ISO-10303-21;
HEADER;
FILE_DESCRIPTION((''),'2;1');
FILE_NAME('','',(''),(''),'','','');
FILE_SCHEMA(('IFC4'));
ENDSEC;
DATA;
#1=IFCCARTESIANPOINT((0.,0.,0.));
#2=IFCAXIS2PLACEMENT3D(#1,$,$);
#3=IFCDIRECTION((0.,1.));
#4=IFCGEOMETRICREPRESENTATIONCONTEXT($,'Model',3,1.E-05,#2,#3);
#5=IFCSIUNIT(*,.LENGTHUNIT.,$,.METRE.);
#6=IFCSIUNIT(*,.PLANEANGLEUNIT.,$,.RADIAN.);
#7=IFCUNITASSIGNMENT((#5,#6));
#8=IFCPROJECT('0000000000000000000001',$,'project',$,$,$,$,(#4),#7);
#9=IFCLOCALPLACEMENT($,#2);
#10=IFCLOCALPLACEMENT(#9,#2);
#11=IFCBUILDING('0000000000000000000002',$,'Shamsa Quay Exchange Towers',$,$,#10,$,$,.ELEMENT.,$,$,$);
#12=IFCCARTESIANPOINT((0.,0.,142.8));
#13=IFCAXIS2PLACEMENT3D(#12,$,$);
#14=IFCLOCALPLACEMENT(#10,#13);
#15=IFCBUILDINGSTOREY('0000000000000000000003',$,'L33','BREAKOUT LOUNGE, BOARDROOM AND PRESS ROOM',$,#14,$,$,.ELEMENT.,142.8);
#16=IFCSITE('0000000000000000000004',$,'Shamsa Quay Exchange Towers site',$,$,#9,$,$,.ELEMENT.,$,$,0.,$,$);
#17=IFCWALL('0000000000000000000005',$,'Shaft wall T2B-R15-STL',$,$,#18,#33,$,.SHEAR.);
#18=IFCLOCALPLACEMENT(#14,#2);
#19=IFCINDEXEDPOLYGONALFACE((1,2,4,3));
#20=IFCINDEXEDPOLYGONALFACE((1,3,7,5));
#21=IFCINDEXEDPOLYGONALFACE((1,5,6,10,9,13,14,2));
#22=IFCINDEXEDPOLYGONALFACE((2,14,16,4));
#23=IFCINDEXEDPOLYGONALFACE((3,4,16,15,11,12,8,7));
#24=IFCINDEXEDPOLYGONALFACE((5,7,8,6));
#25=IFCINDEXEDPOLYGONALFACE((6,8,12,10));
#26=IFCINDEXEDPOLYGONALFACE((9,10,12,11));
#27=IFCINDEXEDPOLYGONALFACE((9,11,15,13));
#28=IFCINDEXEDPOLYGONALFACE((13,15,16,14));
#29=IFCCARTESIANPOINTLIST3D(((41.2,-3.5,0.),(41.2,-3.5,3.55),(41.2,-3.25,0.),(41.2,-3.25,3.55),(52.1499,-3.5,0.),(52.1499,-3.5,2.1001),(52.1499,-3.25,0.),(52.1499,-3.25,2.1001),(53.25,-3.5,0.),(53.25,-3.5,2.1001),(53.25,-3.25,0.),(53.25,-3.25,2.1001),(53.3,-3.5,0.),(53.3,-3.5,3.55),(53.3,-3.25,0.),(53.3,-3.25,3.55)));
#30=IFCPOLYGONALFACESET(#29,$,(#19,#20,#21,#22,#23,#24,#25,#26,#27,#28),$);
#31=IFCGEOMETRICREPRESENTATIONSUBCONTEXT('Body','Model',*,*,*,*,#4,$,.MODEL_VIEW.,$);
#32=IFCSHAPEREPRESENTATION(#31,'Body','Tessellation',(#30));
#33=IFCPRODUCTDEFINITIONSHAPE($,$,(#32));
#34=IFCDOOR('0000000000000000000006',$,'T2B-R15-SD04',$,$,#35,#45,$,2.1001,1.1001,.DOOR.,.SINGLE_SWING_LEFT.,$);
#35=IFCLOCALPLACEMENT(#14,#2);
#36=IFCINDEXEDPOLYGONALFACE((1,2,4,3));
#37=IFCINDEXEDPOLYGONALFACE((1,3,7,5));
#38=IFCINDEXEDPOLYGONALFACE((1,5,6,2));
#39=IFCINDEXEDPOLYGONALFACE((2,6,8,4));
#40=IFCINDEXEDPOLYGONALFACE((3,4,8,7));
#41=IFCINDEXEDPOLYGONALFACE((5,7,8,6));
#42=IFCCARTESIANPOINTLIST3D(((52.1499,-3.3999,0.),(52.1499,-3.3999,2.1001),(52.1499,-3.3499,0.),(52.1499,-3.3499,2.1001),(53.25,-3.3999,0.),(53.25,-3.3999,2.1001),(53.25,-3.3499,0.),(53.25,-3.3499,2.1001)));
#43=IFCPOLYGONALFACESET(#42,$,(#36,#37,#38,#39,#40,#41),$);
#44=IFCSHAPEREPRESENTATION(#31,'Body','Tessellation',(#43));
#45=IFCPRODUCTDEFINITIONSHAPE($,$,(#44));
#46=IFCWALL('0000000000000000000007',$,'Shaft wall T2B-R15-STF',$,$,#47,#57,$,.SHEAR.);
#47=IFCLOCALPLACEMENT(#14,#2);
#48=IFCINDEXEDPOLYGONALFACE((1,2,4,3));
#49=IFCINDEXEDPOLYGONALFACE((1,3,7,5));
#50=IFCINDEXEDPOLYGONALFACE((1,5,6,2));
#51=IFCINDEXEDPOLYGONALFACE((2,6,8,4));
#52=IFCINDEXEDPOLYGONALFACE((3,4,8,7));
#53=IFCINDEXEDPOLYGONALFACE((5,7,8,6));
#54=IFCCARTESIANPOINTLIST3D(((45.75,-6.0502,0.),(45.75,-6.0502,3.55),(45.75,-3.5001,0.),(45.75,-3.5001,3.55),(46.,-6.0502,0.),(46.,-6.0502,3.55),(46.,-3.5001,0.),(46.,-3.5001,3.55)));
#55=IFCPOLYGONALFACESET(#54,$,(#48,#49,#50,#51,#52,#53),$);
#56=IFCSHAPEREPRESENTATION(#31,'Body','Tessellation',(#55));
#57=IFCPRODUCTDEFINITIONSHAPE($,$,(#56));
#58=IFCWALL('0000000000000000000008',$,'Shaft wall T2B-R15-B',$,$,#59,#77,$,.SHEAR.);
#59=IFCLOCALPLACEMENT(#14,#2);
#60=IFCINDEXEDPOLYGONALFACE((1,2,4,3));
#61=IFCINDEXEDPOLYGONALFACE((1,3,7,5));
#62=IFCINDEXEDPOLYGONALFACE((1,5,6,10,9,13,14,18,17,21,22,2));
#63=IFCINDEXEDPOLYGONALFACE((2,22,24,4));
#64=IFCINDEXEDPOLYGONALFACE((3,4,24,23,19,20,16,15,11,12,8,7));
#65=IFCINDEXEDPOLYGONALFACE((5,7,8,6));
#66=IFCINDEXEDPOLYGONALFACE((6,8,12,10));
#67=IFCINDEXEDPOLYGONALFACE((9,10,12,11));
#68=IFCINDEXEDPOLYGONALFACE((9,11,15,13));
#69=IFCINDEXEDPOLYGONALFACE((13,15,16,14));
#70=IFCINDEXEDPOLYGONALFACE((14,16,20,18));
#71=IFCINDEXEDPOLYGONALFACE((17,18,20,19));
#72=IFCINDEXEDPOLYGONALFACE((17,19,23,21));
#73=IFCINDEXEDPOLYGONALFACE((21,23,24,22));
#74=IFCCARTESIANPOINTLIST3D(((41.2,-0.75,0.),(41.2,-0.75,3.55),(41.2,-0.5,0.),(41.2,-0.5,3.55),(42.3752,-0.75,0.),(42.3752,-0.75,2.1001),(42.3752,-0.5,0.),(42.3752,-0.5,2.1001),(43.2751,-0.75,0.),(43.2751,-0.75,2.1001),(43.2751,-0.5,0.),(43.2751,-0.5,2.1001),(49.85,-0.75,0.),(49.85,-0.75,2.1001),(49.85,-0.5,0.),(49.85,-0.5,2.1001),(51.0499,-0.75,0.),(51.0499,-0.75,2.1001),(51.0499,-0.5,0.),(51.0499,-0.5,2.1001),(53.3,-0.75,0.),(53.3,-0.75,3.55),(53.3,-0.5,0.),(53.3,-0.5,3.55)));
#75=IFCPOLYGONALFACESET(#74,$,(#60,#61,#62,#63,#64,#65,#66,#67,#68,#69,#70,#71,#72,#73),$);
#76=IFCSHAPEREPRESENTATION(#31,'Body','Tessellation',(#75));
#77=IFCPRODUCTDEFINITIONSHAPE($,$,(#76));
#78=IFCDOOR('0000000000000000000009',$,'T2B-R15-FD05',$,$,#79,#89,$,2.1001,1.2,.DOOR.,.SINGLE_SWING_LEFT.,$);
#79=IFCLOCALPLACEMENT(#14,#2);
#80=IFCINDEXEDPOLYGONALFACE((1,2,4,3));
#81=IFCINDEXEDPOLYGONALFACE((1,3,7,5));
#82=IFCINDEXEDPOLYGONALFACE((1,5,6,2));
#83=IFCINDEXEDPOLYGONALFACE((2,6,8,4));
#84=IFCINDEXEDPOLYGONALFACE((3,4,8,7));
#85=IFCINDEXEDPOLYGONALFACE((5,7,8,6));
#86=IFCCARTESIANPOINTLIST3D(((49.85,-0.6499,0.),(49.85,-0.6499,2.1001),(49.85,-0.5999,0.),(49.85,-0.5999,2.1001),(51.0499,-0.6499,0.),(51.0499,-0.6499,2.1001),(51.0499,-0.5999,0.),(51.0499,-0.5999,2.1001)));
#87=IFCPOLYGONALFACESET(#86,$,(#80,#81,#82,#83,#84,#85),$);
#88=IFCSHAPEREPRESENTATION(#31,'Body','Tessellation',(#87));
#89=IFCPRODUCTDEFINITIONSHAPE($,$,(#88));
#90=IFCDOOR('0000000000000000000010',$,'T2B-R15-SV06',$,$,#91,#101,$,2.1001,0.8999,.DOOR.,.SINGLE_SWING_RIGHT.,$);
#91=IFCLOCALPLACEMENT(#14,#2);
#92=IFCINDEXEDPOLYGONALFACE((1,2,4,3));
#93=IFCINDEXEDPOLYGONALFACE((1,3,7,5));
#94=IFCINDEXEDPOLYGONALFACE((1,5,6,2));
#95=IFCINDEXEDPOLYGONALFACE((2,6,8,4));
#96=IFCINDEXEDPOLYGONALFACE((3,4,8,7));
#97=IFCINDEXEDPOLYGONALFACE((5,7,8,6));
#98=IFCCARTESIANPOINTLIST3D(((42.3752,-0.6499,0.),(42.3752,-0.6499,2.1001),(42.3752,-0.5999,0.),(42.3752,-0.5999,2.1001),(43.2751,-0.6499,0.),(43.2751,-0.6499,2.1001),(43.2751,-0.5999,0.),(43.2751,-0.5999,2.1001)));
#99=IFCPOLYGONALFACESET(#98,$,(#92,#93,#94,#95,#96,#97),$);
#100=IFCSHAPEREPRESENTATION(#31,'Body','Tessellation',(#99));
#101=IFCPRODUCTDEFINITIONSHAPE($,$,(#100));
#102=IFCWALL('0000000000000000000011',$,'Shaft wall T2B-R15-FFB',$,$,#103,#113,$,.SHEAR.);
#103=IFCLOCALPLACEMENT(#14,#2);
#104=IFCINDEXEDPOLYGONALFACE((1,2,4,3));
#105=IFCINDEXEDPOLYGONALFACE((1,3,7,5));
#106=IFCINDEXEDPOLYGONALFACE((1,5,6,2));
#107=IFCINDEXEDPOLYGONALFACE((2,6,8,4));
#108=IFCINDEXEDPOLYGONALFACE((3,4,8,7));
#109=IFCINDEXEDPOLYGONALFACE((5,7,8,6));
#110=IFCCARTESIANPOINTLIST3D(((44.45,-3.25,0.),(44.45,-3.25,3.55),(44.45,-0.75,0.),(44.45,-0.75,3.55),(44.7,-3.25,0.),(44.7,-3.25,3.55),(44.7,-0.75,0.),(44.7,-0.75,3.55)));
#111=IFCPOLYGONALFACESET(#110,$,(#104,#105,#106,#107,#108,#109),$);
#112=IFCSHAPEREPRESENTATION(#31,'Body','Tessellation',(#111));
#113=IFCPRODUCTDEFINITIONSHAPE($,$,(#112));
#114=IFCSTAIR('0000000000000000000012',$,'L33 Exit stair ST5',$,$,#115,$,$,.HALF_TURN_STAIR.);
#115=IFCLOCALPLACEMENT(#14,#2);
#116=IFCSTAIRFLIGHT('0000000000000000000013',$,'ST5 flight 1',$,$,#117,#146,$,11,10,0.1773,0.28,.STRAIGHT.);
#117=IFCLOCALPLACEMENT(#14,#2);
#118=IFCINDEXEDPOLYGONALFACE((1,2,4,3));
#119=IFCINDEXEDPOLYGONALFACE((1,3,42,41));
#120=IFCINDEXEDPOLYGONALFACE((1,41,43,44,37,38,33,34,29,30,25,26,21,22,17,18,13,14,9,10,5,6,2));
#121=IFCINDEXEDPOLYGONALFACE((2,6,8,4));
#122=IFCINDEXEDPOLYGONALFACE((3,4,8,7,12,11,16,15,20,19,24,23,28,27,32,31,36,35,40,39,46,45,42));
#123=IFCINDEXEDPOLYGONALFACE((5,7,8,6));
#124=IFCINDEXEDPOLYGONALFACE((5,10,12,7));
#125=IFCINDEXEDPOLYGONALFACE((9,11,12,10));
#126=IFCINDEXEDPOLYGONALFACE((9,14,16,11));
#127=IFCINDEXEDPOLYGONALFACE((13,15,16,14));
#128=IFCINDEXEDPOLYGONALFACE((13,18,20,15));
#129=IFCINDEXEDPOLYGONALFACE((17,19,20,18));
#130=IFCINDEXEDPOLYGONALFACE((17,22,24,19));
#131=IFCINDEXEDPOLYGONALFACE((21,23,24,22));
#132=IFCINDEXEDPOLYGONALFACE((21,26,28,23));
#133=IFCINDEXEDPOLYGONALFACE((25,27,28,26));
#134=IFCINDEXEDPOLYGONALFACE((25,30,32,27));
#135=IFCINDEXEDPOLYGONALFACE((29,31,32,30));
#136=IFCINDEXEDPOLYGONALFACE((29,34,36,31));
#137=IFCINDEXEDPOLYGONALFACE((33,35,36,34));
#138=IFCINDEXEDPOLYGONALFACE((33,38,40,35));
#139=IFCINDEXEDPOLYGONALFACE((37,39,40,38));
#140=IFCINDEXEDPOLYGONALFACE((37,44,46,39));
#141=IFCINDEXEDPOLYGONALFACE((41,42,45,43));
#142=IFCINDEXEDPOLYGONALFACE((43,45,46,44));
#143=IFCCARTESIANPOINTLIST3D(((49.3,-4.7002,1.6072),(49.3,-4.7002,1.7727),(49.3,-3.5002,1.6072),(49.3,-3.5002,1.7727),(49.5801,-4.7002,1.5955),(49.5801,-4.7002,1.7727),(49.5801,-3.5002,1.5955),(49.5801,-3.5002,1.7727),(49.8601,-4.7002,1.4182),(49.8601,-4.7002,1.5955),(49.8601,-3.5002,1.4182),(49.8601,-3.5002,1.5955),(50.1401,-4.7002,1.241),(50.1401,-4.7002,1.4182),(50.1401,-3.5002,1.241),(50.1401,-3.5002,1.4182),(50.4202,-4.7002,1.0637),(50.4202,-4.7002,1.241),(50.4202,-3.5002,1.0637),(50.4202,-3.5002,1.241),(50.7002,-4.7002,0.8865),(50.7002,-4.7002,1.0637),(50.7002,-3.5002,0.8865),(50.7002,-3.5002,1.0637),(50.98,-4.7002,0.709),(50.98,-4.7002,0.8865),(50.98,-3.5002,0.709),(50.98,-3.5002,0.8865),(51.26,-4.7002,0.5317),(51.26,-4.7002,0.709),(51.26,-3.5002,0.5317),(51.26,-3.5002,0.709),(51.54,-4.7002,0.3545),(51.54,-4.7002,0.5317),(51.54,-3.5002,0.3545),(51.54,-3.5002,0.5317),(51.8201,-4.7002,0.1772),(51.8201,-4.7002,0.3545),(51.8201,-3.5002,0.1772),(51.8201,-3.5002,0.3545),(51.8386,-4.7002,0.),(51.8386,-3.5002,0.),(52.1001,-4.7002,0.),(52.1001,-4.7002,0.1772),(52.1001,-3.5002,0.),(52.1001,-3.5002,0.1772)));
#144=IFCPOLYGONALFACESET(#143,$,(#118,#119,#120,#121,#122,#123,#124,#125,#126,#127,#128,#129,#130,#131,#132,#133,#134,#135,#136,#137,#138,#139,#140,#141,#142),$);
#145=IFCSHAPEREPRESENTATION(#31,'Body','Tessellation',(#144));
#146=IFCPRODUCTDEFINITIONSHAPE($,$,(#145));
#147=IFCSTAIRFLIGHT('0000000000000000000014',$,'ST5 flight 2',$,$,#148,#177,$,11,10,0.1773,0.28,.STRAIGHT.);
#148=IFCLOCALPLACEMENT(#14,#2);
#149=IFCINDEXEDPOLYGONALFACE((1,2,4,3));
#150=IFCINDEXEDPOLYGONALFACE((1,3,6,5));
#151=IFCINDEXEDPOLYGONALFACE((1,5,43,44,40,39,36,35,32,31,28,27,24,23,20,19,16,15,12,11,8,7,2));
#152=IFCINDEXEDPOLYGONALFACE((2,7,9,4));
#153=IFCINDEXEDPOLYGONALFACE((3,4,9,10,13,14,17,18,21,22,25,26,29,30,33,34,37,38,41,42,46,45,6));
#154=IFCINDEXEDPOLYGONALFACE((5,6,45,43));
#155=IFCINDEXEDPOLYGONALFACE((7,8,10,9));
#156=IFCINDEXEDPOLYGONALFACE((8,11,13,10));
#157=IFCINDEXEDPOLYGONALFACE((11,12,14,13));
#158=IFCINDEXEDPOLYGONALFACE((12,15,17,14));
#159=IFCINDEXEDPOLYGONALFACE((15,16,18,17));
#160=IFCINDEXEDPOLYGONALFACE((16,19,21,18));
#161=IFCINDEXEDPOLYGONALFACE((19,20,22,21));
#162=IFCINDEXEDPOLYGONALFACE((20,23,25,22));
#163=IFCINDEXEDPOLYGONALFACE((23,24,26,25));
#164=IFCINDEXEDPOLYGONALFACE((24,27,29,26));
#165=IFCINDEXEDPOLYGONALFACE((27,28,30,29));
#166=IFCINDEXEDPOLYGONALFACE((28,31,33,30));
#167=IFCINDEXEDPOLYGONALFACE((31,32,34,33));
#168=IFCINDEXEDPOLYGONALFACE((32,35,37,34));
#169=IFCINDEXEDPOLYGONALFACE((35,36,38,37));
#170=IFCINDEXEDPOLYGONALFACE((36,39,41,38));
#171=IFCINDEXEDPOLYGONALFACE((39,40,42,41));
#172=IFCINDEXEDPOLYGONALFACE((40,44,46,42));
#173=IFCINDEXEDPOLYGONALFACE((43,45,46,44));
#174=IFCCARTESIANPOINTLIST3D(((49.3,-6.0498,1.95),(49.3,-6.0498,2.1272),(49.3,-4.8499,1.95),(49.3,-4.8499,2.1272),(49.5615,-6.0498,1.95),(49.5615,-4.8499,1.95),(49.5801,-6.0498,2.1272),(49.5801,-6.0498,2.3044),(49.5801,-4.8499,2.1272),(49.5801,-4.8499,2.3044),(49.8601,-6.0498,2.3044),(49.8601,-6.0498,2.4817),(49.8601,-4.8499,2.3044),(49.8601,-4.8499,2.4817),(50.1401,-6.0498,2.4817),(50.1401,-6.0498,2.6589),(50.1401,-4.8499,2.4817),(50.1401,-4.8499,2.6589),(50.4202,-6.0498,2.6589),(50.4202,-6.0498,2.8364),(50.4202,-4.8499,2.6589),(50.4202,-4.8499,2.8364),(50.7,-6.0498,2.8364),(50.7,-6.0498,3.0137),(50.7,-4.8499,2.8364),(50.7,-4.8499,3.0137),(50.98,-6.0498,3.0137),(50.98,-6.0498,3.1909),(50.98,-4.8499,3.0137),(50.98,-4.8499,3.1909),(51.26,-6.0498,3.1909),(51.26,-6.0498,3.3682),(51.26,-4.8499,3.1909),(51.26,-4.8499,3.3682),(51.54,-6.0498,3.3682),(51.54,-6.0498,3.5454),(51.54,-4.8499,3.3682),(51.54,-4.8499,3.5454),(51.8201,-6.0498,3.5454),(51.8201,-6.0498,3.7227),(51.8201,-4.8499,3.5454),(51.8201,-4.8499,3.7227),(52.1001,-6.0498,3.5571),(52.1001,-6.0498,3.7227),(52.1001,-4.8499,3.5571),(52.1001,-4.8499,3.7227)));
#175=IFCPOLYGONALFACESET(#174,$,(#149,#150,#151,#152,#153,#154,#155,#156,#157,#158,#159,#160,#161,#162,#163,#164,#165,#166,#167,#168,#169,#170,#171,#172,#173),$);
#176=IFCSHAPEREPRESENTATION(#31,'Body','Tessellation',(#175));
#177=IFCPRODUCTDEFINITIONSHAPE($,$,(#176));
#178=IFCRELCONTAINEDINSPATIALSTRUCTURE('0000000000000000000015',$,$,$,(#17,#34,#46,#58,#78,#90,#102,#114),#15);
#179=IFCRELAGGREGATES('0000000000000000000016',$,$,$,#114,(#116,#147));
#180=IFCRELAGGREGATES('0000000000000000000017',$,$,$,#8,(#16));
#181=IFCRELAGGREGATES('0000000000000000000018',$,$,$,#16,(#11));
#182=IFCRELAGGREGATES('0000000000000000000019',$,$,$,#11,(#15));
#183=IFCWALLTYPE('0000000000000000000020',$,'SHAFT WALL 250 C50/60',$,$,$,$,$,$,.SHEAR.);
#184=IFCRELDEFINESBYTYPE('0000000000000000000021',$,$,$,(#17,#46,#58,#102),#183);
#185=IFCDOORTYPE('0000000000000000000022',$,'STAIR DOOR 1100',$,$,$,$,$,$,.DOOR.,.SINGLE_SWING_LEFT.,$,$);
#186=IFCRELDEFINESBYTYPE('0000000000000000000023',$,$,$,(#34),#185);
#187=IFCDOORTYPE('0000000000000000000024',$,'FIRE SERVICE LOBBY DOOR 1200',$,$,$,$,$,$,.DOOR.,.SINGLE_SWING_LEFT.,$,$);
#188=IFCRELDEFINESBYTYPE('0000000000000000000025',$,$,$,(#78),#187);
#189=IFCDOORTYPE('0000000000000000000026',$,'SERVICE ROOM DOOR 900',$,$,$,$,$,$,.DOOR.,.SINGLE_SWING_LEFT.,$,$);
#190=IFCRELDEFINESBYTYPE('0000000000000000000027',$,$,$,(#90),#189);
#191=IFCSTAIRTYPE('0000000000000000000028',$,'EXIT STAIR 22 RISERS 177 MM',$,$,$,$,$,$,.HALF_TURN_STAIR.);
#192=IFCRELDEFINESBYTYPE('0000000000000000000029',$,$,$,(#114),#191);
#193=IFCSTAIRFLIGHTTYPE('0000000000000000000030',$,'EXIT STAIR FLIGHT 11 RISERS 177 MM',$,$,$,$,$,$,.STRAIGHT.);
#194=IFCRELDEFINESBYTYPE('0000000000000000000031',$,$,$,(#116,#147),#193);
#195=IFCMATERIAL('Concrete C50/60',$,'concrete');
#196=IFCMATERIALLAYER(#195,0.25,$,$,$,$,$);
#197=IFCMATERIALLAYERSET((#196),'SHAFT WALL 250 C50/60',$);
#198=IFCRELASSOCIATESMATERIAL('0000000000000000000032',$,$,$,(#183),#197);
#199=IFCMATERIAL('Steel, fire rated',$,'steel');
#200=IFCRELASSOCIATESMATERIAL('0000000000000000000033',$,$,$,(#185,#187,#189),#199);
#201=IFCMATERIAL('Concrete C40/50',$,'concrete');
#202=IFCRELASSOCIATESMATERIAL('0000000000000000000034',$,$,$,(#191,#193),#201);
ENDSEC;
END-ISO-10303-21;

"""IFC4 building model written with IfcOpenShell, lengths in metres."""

from ifc_helpers import new_model, si_unit, direction, frame, frame_2d, origin, place, context, subcontext, project, spatial, polyline, rectangle, outline, extrude, material, layer, layer_set, type_object, element, fill, aggregate, save


model = new_model("IFC4")

# Units and contexts
model_context = context("Model", 3, precision=1e-05, world=origin(), true_north=direction((0.0, 1.0)))
body_context = subcontext(model_context, "Body", "Model", "MODEL_VIEW")
ifc_project = project(units=[si_unit("LENGTHUNIT", "METRE"), si_unit("PLANEANGLEUNIT", "RADIAN")], contexts=[model_context])

# Site, building, storey
site_placement = place(None, origin())
site = spatial("IfcSite", under=ifc_project, at=site_placement, Name="Shamsa Quay Exchange Towers site", CompositionType="ELEMENT", RefElevation=0.0)
building_placement = place(site_placement, origin())
building = spatial("IfcBuilding", under=site, at=building_placement, Name="Shamsa Quay Exchange Towers", CompositionType="ELEMENT")
storey_placement = place(building_placement, frame((0.0, 0.0, 142.8)))
storey = spatial("IfcBuildingStorey", under=building, at=storey_placement, Name="L33", Description="BREAKOUT LOUNGE, BOARDROOM AND PRESS ROOM", CompositionType="ELEMENT", Elevation=142.8)

# Wall, opening, door
ifc_material_1 = material(Name="Steel, fire rated", Category="steel")
ifc_material_2 = material(Name="Concrete C50/60", Category="concrete")
ifc_layer_1 = layer(ifc_material_2, 0.25)
ifc_layer_set_1 = layer_set([ifc_layer_1], Name="SHAFT WALL 250 C50/60")
wall_type_1 = type_object("IfcWallType", Name="SHAFT WALL 250 C50/60", PredefinedType="SHEAR", material=ifc_layer_set_1)
wall_1_placement = place(storey_placement, frame((53.3, -3.375, 0.0), z_axis=(0.0, 0.0, 1.0), x_axis=(-1.0, 0.0, 0.0)))
wall_1 = element("IfcWall", 1, at=wall_1_placement, inside=storey, type_object=wall_type_1, Name="Shaft wall T2B-R15-STL", PredefinedType="SHEAR", context=body_context, shape_type="SweptSolid", body=[
    extrude(rectangle(XDim=12.1001, YDim=0.25, at=frame_2d((6.05, 0.0))), origin(), (0.0, 0.0, 1.0), 3.55),
])
opening_1_placement = place(wall_1_placement, frame((0.05, 0.0, 0.0)))
opening_1 = element("IfcOpeningElement", 2, at=opening_1_placement, cuts=wall_1, PredefinedType="OPENING", context=body_context, shape_type="SweptSolid", body=[
    extrude(rectangle(XDim=1.1001, YDim=2.1001, at=frame_2d((0.55, 1.05))), frame((0.0, 0.135, 0.0), z_axis=(0.0, -1.0, 0.0), x_axis=(1.0, 0.0, 0.0)), (0.0, 0.0, 1.0), 0.27),
])
door_type_1 = type_object("IfcDoorType", Name="STAIR DOOR 1100", OperationType="SINGLE_SWING_LEFT", PredefinedType="DOOR", material=ifc_material_1)
door_1_placement = place(opening_1_placement, origin())
door_1 = element("IfcDoor", 3, at=door_1_placement, inside=storey, type_object=door_type_1, Name="T2B-R15-SD04", OperationType="SINGLE_SWING_LEFT", OverallHeight=2.1001, OverallWidth=1.1001, PredefinedType="DOOR", context=body_context, shape_type="SweptSolid", body=[
    extrude(rectangle(XDim=1.1001, YDim=2.1001, at=frame_2d((0.55, 1.05))), frame((0.0, 0.0249, 0.0), z_axis=(0.0, -1.0, 0.0), x_axis=(1.0, 0.0, 0.0)), (0.0, 0.0, 1.0), 0.05),
])
fill(opening_1, door_1)

# Wall
wall_2_placement = place(storey_placement, frame((45.875, -6.05, 0.0), z_axis=(0.0, 0.0, 1.0), x_axis=(0.0, 1.0, 0.0)))
element("IfcWall", 4, at=wall_2_placement, inside=storey, type_object=wall_type_1, Name="Shaft wall T2B-R15-STF", PredefinedType="SHEAR", context=body_context, shape_type="SweptSolid", body=[
    extrude(rectangle(XDim=2.55, YDim=0.25, at=frame_2d((1.2749, 0.0))), origin(), (0.0, 0.0, 1.0), 3.55),
])

# Wall, openings, doors
wall_3_placement = place(storey_placement, frame((53.3, -0.625, 0.0), z_axis=(0.0, 0.0, 1.0), x_axis=(-1.0, 0.0, 0.0)))
wall_3 = element("IfcWall", 5, at=wall_3_placement, inside=storey, type_object=wall_type_1, Name="Shaft wall T2B-R15-B", PredefinedType="SHEAR", context=body_context, shape_type="SweptSolid", body=[
    extrude(rectangle(XDim=12.1001, YDim=0.25, at=frame_2d((6.05, 0.0))), origin(), (0.0, 0.0, 1.0), 3.55),
])
opening_2_placement = place(wall_3_placement, frame((2.25, 0.0, 0.0)))
opening_2 = element("IfcOpeningElement", 6, at=opening_2_placement, cuts=wall_3, PredefinedType="OPENING", context=body_context, shape_type="SweptSolid", body=[
    extrude(rectangle(XDim=1.2, YDim=2.1001, at=frame_2d((0.6001, 1.05))), frame((0.0, 0.135, 0.0), z_axis=(0.0, -1.0, 0.0), x_axis=(1.0, 0.0, 0.0)), (0.0, 0.0, 1.0), 0.27),
])
opening_3_placement = place(wall_3_placement, frame((10.0249, 0.0, 0.0)))
opening_3 = element("IfcOpeningElement", 7, at=opening_3_placement, cuts=wall_3, PredefinedType="OPENING", context=body_context, shape_type="SweptSolid", body=[
    extrude(rectangle(XDim=0.8999, YDim=2.1001, at=frame_2d((0.45, 1.05))), frame((0.0, 0.135, 0.0), z_axis=(0.0, -1.0, 0.0), x_axis=(1.0, 0.0, 0.0)), (0.0, 0.0, 1.0), 0.27),
])
door_type_2 = type_object("IfcDoorType", Name="FIRE SERVICE LOBBY DOOR 1200", OperationType="SINGLE_SWING_LEFT", PredefinedType="DOOR", material=ifc_material_1)
door_2_placement = place(opening_2_placement, origin())
door_2 = element("IfcDoor", 8, at=door_2_placement, inside=storey, type_object=door_type_2, Name="T2B-R15-FD05", OperationType="SINGLE_SWING_LEFT", OverallHeight=2.1001, OverallWidth=1.2, PredefinedType="DOOR", context=body_context, shape_type="SweptSolid", body=[
    extrude(rectangle(XDim=1.2, YDim=2.1001, at=frame_2d((0.6001, 1.05))), frame((0.0, 0.0249, 0.0), z_axis=(0.0, -1.0, 0.0), x_axis=(1.0, 0.0, 0.0)), (0.0, 0.0, 1.0), 0.05),
])
fill(opening_2, door_2)
door_type_3 = type_object("IfcDoorType", Name="SERVICE ROOM DOOR 900", OperationType="SINGLE_SWING_LEFT", PredefinedType="DOOR", material=ifc_material_1)
door_3_placement = place(opening_3_placement, origin())
door_3 = element("IfcDoor", 9, at=door_3_placement, inside=storey, type_object=door_type_3, Name="T2B-R15-SV06", OperationType="SINGLE_SWING_RIGHT", OverallHeight=2.1001, OverallWidth=0.8999, PredefinedType="DOOR", context=body_context, shape_type="SweptSolid", body=[
    extrude(rectangle(XDim=0.8999, YDim=2.1001, at=frame_2d((0.45, 1.05))), frame((0.0, 0.0249, 0.0), z_axis=(0.0, -1.0, 0.0), x_axis=(1.0, 0.0, 0.0)), (0.0, 0.0, 1.0), 0.05),
])
fill(opening_3, door_3)

# Wall
wall_4_placement = place(storey_placement, frame((44.575, -3.25, 0.0), z_axis=(0.0, 0.0, 1.0), x_axis=(0.0, 1.0, 0.0)))
element("IfcWall", 10, at=wall_4_placement, inside=storey, type_object=wall_type_1, Name="Shaft wall T2B-R15-FFB", PredefinedType="SHEAR", context=body_context, shape_type="SweptSolid", body=[
    extrude(rectangle(XDim=2.5, YDim=0.25, at=frame_2d((1.25, 0.0))), origin(), (0.0, 0.0, 1.0), 3.55),
])

# Stair, stair flights
ifc_material_3 = material(Name="Concrete C40/50", Category="concrete")
stair_type = type_object("IfcStairType", Name="EXIT STAIR 22 RISERS 177 MM", PredefinedType="HALF_TURN_STAIR", material=ifc_material_3)
stair_placement = place(storey_placement, origin())
stair = element("IfcStair", 11, at=stair_placement, inside=storey, type_object=stair_type, Name="L33 Exit stair ST5", PredefinedType="HALF_TURN_STAIR")
stair_flight_type = type_object("IfcStairFlightType", Name="EXIT STAIR FLIGHT 11 RISERS 177 MM", PredefinedType="STRAIGHT", material=ifc_material_3)
stair_flight_1_placement = place(storey_placement, frame((52.1001, -4.1001, 0.0), z_axis=(0.0, 0.0, 1.0), x_axis=(-1.0, 0.0, 0.0)))
stair_flight_1 = element("IfcStairFlight", 12, at=stair_flight_1_placement, type_object=stair_flight_type, Name="ST5 flight 1", NumberOfRisers=11, NumberOfTreads=10, PredefinedType="STRAIGHT", RiserHeight=0.1773, TreadLength=0.28, context=body_context, shape_type="SweptSolid", body=[
    extrude(outline(polyline([(0.0, 0.0), (0.0, 0.1772), (0.28, 0.1772), (0.28, 0.3545), (0.5601, 0.3545), (0.5601, 0.5317), (0.8401, 0.5317), (0.8401, 0.709), (1.1201, 0.709), (1.1201, 0.8865), (1.3999, 0.8865), (1.3999, 1.0637), (1.6799, 1.0637), (1.6799, 1.241), (1.96, 1.241), (1.96, 1.4182), (2.24, 1.4182), (2.24, 1.5955), (2.52, 1.5955), (2.52, 1.7727), (2.8, 1.7727), (2.8, 1.95), (2.8, 1.6072), (0.2615, 0.0), (0.0, 0.0)])), frame((0.0, 0.6001, 0.0), z_axis=(0.0, -1.0, 0.0), x_axis=(1.0, 0.0, 0.0)), (0.0, 0.0, 1.0), 1.2),
])
stair_flight_2_placement = place(storey_placement, frame((49.3, -5.45, 1.95)))
stair_flight_2 = element("IfcStairFlight", 13, at=stair_flight_2_placement, type_object=stair_flight_type, Name="ST5 flight 2", NumberOfRisers=11, NumberOfTreads=10, PredefinedType="STRAIGHT", RiserHeight=0.1773, TreadLength=0.28, context=body_context, shape_type="SweptSolid", body=[
    extrude(outline(polyline([(0.0, 0.0), (0.0, 0.1772), (0.28, 0.1772), (0.28, 0.3545), (0.5601, 0.3545), (0.5601, 0.5317), (0.8401, 0.5317), (0.8401, 0.709), (1.1201, 0.709), (1.1201, 0.8865), (1.3999, 0.8865), (1.3999, 1.0637), (1.6799, 1.0637), (1.6799, 1.241), (1.96, 1.241), (1.96, 1.4182), (2.24, 1.4182), (2.24, 1.5955), (2.52, 1.5955), (2.52, 1.7727), (2.8, 1.7727), (2.8, 1.95), (2.8, 1.6072), (0.2615, 0.0), (0.0, 0.0)])), frame((0.0, 0.6001, 0.0), z_axis=(0.0, -1.0, 0.0), x_axis=(1.0, 0.0, 0.0)), (0.0, 0.0, 1.0), 1.2),
])
aggregate(stair, [stair_flight_1, stair_flight_2])

save(model, "model.ifc")
